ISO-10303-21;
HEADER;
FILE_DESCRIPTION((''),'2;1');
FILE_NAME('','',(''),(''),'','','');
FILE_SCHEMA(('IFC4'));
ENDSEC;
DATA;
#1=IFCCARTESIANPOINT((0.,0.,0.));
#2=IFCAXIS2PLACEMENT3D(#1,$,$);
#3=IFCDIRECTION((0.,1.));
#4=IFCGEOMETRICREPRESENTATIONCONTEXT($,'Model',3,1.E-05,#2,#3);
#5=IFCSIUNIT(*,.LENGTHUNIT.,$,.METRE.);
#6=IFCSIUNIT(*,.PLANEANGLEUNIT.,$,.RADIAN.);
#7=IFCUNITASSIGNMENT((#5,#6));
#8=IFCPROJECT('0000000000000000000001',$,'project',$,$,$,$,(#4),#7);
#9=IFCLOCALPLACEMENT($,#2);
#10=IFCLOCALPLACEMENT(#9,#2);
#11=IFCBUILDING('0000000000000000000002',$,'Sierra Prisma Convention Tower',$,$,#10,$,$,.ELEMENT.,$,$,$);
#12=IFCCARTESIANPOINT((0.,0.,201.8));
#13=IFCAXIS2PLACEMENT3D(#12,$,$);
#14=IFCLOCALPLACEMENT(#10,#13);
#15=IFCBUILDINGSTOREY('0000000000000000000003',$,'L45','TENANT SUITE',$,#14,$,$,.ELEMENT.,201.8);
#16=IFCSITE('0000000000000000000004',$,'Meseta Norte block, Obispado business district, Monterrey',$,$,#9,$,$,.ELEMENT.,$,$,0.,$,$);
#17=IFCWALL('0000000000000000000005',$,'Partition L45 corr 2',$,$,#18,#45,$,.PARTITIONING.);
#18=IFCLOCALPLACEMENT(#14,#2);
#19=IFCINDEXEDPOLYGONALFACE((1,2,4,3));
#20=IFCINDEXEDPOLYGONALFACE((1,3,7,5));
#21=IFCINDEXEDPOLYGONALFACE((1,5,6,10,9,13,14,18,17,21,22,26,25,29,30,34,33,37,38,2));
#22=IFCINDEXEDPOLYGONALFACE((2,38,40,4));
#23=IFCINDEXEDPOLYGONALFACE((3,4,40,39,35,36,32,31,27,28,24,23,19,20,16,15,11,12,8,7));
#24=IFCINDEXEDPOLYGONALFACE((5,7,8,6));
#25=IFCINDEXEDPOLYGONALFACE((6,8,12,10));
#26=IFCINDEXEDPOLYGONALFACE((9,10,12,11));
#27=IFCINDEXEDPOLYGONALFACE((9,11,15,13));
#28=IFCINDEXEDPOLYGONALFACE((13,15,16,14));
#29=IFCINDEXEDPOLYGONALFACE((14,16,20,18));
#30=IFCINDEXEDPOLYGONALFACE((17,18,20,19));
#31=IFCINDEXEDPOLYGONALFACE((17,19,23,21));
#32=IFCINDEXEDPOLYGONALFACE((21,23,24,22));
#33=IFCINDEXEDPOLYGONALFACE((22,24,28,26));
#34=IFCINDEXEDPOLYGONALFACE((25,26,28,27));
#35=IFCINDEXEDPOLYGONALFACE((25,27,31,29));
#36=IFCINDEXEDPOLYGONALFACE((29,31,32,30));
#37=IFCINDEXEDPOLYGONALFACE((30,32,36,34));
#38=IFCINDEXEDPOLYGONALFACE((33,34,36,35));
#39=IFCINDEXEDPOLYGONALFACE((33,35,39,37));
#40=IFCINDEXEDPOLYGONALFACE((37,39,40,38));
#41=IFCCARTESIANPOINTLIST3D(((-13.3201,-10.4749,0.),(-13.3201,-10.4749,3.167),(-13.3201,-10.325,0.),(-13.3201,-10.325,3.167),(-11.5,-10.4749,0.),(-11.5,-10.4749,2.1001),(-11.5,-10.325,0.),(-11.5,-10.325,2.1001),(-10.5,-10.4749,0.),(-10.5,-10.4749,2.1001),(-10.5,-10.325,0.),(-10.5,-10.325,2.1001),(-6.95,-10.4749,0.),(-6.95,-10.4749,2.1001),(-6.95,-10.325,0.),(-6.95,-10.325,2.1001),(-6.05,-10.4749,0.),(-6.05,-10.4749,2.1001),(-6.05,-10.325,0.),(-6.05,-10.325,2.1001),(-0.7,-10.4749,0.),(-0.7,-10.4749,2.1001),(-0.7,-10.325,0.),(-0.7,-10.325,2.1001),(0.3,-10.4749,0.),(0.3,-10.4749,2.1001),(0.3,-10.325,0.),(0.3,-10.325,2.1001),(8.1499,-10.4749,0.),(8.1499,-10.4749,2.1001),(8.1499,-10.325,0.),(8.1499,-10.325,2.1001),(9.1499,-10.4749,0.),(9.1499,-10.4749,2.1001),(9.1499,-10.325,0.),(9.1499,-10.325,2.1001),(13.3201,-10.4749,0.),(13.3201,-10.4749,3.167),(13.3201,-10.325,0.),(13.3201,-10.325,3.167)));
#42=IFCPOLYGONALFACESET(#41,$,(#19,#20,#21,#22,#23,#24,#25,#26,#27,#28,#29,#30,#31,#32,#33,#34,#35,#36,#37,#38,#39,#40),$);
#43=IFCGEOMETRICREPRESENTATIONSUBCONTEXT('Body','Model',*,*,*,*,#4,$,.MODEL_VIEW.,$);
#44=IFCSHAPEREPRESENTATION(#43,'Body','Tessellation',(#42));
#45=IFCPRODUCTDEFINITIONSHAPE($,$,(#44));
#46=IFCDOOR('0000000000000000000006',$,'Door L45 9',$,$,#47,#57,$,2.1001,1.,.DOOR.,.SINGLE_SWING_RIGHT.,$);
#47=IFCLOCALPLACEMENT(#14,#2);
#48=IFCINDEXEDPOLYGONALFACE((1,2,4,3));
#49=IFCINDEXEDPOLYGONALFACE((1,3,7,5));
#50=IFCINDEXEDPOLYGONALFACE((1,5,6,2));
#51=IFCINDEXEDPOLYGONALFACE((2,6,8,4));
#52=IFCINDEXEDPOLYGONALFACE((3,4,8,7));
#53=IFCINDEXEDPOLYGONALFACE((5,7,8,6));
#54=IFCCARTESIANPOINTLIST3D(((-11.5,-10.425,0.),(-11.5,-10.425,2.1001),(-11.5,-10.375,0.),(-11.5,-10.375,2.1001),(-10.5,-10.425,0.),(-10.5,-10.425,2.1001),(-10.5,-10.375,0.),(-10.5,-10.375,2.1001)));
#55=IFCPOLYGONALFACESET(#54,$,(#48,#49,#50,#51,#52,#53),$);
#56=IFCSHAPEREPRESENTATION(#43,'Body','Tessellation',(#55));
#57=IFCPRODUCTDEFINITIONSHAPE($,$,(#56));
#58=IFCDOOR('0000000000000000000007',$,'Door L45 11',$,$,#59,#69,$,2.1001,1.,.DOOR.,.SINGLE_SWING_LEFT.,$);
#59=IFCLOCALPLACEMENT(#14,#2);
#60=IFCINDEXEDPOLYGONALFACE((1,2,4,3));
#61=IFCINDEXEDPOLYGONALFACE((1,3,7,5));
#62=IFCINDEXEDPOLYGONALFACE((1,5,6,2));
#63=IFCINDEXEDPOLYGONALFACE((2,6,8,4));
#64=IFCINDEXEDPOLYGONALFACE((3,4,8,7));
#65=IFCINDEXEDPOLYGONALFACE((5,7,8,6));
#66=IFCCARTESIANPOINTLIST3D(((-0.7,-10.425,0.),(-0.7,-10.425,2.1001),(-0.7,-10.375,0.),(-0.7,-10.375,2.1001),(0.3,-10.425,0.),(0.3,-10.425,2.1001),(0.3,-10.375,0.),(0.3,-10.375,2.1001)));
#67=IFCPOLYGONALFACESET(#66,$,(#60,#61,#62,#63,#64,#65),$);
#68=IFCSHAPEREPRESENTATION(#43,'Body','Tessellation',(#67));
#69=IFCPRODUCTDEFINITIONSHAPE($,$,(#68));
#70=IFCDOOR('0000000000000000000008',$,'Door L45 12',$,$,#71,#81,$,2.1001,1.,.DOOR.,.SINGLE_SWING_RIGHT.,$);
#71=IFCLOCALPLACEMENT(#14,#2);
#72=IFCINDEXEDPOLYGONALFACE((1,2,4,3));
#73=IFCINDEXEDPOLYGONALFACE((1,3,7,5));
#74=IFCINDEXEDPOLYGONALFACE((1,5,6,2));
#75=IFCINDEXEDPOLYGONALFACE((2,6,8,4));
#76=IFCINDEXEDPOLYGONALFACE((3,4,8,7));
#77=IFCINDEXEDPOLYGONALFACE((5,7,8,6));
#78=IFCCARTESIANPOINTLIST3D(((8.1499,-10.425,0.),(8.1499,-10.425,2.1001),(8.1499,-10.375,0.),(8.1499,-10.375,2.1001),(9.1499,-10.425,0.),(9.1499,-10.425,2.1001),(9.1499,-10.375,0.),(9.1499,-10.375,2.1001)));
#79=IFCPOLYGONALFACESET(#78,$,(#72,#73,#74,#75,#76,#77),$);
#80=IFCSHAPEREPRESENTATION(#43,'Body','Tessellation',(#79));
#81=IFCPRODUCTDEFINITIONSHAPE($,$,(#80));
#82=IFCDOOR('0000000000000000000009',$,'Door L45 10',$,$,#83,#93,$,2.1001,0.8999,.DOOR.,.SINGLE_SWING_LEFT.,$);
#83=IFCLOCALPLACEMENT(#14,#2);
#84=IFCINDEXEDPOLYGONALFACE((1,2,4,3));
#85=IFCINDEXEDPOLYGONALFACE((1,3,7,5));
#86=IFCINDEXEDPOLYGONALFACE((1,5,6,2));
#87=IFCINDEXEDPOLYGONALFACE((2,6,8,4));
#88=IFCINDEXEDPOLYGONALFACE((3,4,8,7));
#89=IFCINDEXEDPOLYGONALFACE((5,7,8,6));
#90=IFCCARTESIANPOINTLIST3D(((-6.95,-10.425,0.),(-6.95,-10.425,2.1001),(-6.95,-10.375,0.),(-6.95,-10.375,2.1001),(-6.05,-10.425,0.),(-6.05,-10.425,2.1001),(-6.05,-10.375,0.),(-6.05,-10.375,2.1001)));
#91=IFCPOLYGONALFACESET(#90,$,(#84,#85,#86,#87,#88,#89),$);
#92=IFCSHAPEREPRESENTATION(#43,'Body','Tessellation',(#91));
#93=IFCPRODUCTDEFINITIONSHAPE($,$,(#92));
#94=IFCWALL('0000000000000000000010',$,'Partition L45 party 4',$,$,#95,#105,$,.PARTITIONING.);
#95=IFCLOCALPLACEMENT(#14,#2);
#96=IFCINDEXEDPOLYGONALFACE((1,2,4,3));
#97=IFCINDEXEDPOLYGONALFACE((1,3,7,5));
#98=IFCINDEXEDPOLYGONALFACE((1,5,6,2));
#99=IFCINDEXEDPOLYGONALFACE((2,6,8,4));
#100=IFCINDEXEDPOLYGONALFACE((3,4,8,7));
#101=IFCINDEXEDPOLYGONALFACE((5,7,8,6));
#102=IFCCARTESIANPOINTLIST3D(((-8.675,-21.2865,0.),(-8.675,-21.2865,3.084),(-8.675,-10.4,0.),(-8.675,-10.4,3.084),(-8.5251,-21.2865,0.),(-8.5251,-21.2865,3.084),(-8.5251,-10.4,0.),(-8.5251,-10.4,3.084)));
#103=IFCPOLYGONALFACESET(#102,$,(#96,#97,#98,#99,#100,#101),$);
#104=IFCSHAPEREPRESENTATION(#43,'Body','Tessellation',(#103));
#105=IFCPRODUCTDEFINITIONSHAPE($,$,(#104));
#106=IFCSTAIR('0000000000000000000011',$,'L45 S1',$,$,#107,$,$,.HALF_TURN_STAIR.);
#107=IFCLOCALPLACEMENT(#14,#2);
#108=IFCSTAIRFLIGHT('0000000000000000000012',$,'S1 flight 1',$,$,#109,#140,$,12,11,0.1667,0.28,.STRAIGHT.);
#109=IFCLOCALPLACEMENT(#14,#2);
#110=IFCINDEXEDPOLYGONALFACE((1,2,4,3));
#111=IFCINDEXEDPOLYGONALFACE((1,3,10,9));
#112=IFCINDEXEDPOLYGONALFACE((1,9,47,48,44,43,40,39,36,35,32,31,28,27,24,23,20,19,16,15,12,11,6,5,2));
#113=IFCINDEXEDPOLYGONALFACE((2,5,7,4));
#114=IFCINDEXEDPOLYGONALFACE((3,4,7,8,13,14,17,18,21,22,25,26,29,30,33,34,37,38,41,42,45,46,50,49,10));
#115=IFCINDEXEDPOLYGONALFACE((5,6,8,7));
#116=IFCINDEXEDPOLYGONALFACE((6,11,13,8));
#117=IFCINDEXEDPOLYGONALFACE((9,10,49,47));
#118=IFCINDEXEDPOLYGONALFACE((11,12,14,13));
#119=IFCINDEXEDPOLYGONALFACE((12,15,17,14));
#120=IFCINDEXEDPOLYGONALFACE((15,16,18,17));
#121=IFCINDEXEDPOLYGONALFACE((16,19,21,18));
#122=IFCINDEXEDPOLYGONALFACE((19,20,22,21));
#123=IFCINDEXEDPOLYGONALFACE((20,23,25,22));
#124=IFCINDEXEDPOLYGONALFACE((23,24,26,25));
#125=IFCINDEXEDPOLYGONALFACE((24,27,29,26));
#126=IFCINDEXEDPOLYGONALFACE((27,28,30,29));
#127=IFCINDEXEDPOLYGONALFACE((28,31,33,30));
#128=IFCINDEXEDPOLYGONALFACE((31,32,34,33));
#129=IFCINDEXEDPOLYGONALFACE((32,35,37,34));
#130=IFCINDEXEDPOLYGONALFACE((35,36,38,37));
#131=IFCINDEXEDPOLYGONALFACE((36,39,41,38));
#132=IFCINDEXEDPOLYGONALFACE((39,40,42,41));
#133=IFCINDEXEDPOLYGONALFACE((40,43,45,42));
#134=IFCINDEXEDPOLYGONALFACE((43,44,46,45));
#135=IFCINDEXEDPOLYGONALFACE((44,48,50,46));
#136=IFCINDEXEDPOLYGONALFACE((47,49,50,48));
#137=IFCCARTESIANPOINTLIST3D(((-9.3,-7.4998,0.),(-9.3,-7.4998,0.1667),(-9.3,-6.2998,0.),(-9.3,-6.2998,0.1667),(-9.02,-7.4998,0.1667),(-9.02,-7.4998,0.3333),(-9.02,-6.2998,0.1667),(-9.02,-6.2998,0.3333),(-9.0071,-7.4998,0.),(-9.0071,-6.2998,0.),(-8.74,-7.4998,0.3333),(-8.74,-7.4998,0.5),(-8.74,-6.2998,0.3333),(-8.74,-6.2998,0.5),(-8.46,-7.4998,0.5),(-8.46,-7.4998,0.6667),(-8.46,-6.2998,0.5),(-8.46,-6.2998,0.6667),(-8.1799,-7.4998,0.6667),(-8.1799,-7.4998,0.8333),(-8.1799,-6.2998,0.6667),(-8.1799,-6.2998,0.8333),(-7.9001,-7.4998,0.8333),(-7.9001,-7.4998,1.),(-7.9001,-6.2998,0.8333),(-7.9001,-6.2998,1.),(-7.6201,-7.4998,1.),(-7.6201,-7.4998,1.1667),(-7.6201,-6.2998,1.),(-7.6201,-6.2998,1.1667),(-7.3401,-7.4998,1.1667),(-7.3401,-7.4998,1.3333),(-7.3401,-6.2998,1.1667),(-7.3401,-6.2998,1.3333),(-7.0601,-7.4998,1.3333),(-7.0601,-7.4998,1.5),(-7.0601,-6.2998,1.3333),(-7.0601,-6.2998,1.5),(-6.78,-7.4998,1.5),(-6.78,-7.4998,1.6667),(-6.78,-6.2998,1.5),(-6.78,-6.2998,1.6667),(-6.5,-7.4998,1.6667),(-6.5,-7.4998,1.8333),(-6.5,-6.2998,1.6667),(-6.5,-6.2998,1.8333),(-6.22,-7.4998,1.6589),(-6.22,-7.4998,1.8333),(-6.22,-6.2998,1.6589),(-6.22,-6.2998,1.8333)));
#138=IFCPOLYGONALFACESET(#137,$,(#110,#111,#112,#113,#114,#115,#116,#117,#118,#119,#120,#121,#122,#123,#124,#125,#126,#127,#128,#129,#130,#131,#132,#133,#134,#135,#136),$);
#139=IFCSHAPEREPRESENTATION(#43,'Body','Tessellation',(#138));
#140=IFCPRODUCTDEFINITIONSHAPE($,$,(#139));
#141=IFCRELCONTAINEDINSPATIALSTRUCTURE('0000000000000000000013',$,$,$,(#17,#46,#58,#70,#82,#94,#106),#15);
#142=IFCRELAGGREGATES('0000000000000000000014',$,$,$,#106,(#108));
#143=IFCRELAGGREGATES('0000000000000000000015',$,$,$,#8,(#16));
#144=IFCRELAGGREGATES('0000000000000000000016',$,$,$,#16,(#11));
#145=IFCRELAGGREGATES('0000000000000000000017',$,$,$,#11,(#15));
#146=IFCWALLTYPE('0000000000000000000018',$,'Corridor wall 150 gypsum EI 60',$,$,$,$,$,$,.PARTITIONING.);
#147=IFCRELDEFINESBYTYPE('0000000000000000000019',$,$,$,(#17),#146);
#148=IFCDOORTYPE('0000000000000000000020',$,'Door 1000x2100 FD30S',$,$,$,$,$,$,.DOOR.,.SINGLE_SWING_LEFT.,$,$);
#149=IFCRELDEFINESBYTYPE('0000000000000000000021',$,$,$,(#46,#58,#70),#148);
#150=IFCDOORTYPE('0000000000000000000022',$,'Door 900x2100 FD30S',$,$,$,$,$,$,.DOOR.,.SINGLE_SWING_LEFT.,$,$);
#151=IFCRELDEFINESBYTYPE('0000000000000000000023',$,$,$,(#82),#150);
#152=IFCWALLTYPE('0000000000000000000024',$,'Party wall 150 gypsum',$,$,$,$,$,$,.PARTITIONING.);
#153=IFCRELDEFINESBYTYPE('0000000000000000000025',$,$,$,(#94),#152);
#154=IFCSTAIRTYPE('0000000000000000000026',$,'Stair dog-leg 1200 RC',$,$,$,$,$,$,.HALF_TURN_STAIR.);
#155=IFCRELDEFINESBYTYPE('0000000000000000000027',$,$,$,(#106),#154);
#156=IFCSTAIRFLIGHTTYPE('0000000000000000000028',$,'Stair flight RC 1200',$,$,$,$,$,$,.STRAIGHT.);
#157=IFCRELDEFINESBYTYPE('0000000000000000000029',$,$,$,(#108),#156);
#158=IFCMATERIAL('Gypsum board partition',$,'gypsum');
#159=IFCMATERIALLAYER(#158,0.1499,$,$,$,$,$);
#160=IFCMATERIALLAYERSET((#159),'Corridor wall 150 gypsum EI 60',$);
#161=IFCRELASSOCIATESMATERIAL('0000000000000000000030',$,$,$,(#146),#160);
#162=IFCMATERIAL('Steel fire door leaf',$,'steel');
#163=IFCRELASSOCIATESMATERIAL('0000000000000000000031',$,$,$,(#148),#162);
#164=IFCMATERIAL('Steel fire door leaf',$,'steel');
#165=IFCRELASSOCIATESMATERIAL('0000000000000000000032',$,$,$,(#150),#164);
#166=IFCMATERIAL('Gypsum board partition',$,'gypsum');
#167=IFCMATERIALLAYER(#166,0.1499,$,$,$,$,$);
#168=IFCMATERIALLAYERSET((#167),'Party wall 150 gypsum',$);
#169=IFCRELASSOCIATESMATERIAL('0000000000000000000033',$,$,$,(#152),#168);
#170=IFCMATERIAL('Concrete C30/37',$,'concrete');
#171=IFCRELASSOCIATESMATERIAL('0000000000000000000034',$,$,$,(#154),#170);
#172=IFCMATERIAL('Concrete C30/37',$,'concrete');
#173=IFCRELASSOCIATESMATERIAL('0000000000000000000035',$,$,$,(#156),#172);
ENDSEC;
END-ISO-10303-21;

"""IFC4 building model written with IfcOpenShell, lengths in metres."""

from ifc_helpers import new_model, si_unit, direction, frame, frame_2d, origin, place, context, subcontext, project, spatial, polyline, rectangle, outline, extrude, material, layer, layer_set, type_object, element, fill, aggregate, save


model = new_model("IFC4")

# Units and contexts
model_context = context("Model", 3, precision=1e-05, world=origin(), true_north=direction((0.0, 1.0)))
body_context = subcontext(model_context, "Body", "Model", "MODEL_VIEW")
ifc_project = project(units=[si_unit("LENGTHUNIT", "METRE"), si_unit("PLANEANGLEUNIT", "RADIAN")], contexts=[model_context])

# Site, building, storey
site_placement = place(None, origin())
site = spatial("IfcSite", under=ifc_project, at=site_placement, Name="Meseta Norte block, Obispado business district, Monterrey", CompositionType="ELEMENT", RefElevation=0.0)
building_placement = place(site_placement, origin())
building = spatial("IfcBuilding", under=site, at=building_placement, Name="Sierra Prisma Convention Tower", CompositionType="ELEMENT")
storey_placement = place(building_placement, frame((0.0, 0.0, 201.8)))
storey = spatial("IfcBuildingStorey", under=building, at=storey_placement, Name="L45", Description="TENANT SUITE", CompositionType="ELEMENT", Elevation=201.8)

# Wall, openings, doors
ifc_material_1 = material(Name="Gypsum board partition", Category="gypsum")
ifc_layer_1 = layer(ifc_material_1, 0.1499)
ifc_layer_set_1 = layer_set([ifc_layer_1], Name="Corridor wall 150 gypsum EI 60")
wall_type_1 = type_object("IfcWallType", Name="Corridor wall 150 gypsum EI 60", PredefinedType="PARTITIONING", material=ifc_layer_set_1)
wall_1_placement = place(storey_placement, frame((-13.3201, -10.3999, 0.0), z_axis=(0.0, 0.0, 1.0), x_axis=(1.0, 0.0, 0.0)))
wall_1 = element("IfcWall", 1, at=wall_1_placement, inside=storey, type_object=wall_type_1, Name="Partition L45 corr 2", PredefinedType="PARTITIONING", context=body_context, shape_type="SweptSolid", body=[
    extrude(rectangle(XDim=26.6401, YDim=0.1499, at=frame_2d((13.3201, 0.0))), origin(), (0.0, 0.0, 1.0), 3.167),
])
opening_1_placement = place(wall_1_placement, frame((1.8201, 0.0, 0.0)))
opening_1 = element("IfcOpeningElement", 2, at=opening_1_placement, cuts=wall_1, PredefinedType="OPENING", context=body_context, shape_type="SweptSolid", body=[
    extrude(rectangle(XDim=1.0, YDim=2.1001, at=frame_2d((0.5, 1.05))), frame((0.0, 0.075, 0.0), z_axis=(0.0, -1.0, 0.0), x_axis=(1.0, 0.0, 0.0)), (0.0, 0.0, 1.0), 0.1499),
])
opening_2_placement = place(wall_1_placement, frame((6.3701, 0.0, 0.0)))
opening_2 = element("IfcOpeningElement", 3, at=opening_2_placement, cuts=wall_1, PredefinedType="OPENING", context=body_context, shape_type="SweptSolid", body=[
    extrude(rectangle(XDim=0.8999, YDim=2.1001, at=frame_2d((0.45, 1.05))), frame((0.0, 0.075, 0.0), z_axis=(0.0, -1.0, 0.0), x_axis=(1.0, 0.0, 0.0)), (0.0, 0.0, 1.0), 0.1499),
])
opening_3_placement = place(wall_1_placement, frame((12.6201, 0.0, 0.0)))
opening_3 = element("IfcOpeningElement", 4, at=opening_3_placement, cuts=wall_1, PredefinedType="OPENING", context=body_context, shape_type="SweptSolid", body=[
    extrude(rectangle(XDim=1.0, YDim=2.1001, at=frame_2d((0.5, 1.05))), frame((0.0, 0.075, 0.0), z_axis=(0.0, -1.0, 0.0), x_axis=(1.0, 0.0, 0.0)), (0.0, 0.0, 1.0), 0.1499),
])
opening_4_placement = place(wall_1_placement, frame((21.47, 0.0, 0.0)))
opening_4 = element("IfcOpeningElement", 5, at=opening_4_placement, cuts=wall_1, PredefinedType="OPENING", context=body_context, shape_type="SweptSolid", body=[
    extrude(rectangle(XDim=1.0, YDim=2.1001, at=frame_2d((0.5, 1.05))), frame((0.0, 0.075, 0.0), z_axis=(0.0, -1.0, 0.0), x_axis=(1.0, 0.0, 0.0)), (0.0, 0.0, 1.0), 0.1499),
])
ifc_material_2 = material(Name="Steel fire door leaf", Category="steel")
door_type_1 = type_object("IfcDoorType", Name="Door 1000x2100 FD30S", OperationType="SINGLE_SWING_LEFT", PredefinedType="DOOR", material=ifc_material_2)
door_1_placement = place(opening_1_placement, origin())
door_1 = element("IfcDoor", 6, at=door_1_placement, inside=storey, type_object=door_type_1, Name="Door L45 9", OperationType="SINGLE_SWING_RIGHT", OverallHeight=2.1001, OverallWidth=1.0, PredefinedType="DOOR", context=body_context, shape_type="SweptSolid", body=[
    extrude(rectangle(XDim=1.0, YDim=2.1001, at=frame_2d((0.5, 1.05))), frame((0.0, 0.0249, 0.0), z_axis=(0.0, -1.0, 0.0), x_axis=(1.0, 0.0, 0.0)), (0.0, 0.0, 1.0), 0.05),
])
fill(opening_1, door_1)
door_2_placement = place(opening_3_placement, origin())
door_2 = element("IfcDoor", 7, at=door_2_placement, inside=storey, type_object=door_type_1, Name="Door L45 11", OperationType="SINGLE_SWING_LEFT", OverallHeight=2.1001, OverallWidth=1.0, PredefinedType="DOOR", context=body_context, shape_type="SweptSolid", body=[
    extrude(rectangle(XDim=1.0, YDim=2.1001, at=frame_2d((0.5, 1.05))), frame((0.0, 0.0249, 0.0), z_axis=(0.0, -1.0, 0.0), x_axis=(1.0, 0.0, 0.0)), (0.0, 0.0, 1.0), 0.05),
])
fill(opening_3, door_2)
door_3_placement = place(opening_4_placement, origin())
door_3 = element("IfcDoor", 8, at=door_3_placement, inside=storey, type_object=door_type_1, Name="Door L45 12", OperationType="SINGLE_SWING_RIGHT", OverallHeight=2.1001, OverallWidth=1.0, PredefinedType="DOOR", context=body_context, shape_type="SweptSolid", body=[
    extrude(rectangle(XDim=1.0, YDim=2.1001, at=frame_2d((0.5, 1.05))), frame((0.0, 0.0249, 0.0), z_axis=(0.0, -1.0, 0.0), x_axis=(1.0, 0.0, 0.0)), (0.0, 0.0, 1.0), 0.05),
])
fill(opening_4, door_3)
ifc_material_3 = material(Name="Steel fire door leaf", Category="steel")
door_type_2 = type_object("IfcDoorType", Name="Door 900x2100 FD30S", OperationType="SINGLE_SWING_LEFT", PredefinedType="DOOR", material=ifc_material_3)
door_4_placement = place(opening_2_placement, origin())
door_4 = element("IfcDoor", 9, at=door_4_placement, inside=storey, type_object=door_type_2, Name="Door L45 10", OperationType="SINGLE_SWING_LEFT", OverallHeight=2.1001, OverallWidth=0.8999, PredefinedType="DOOR", context=body_context, shape_type="SweptSolid", body=[
    extrude(rectangle(XDim=0.8999, YDim=2.1001, at=frame_2d((0.45, 1.05))), frame((0.0, 0.0249, 0.0), z_axis=(0.0, -1.0, 0.0), x_axis=(1.0, 0.0, 0.0)), (0.0, 0.0, 1.0), 0.05),
])
fill(opening_2, door_4)

# Wall
ifc_material_4 = material(Name="Gypsum board partition", Category="gypsum")
ifc_layer_2 = layer(ifc_material_4, 0.1499)
ifc_layer_set_2 = layer_set([ifc_layer_2], Name="Party wall 150 gypsum")
wall_type_2 = type_object("IfcWallType", Name="Party wall 150 gypsum", PredefinedType="PARTITIONING", material=ifc_layer_set_2)
wall_2_placement = place(storey_placement, frame((-8.6001, -10.3999, 0.0), z_axis=(0.0, 0.0, 1.0), x_axis=(0.0, -1.0, 0.0)))
element("IfcWall", 10, at=wall_2_placement, inside=storey, type_object=wall_type_2, Name="Partition L45 party 4", PredefinedType="PARTITIONING", context=body_context, shape_type="SweptSolid", body=[
    extrude(rectangle(XDim=10.8865, YDim=0.1499, at=frame_2d((5.4434, 0.0))), origin(), (0.0, 0.0, 1.0), 3.084),
])

# Stair, stair flight
ifc_material_5 = material(Name="Concrete C30/37", Category="concrete")
stair_type = type_object("IfcStairType", Name="Stair dog-leg 1200 RC", PredefinedType="HALF_TURN_STAIR", material=ifc_material_5)
stair_placement = place(storey_placement, origin())
stair = element("IfcStair", 11, at=stair_placement, inside=storey, type_object=stair_type, Name="L45 S1", PredefinedType="HALF_TURN_STAIR")
ifc_material_6 = material(Name="Concrete C30/37", Category="concrete")
stair_flight_type = type_object("IfcStairFlightType", Name="Stair flight RC 1200", PredefinedType="STRAIGHT", material=ifc_material_6)
stair_flight_placement = place(storey_placement, frame((-9.3, -6.8999, 0.0), z_axis=(0.0, 0.0, 1.0), x_axis=(1.0, 0.0, 0.0)))
stair_flight = element("IfcStairFlight", 12, at=stair_flight_placement, type_object=stair_flight_type, Name="S1 flight 1", NumberOfRisers=12, NumberOfTreads=11, PredefinedType="STRAIGHT", RiserHeight=0.1667, TreadLength=0.28, context=body_context, shape_type="SweptSolid", body=[
    extrude(outline(polyline([(0.0, 0.0), (0.0, 0.1667), (0.28, 0.1667), (0.28, 0.3333), (0.5601, 0.3333), (0.5601, 0.5), (0.8401, 0.5), (0.8401, 0.6667), (1.1201, 0.6667), (1.1201, 0.8333), (1.3999, 0.8333), (1.3999, 1.0), (1.6799, 1.0), (1.6799, 1.1667), (1.96, 1.1667), (1.96, 1.3333), (2.24, 1.3333), (2.24, 1.5), (2.52, 1.5), (2.52, 1.6667), (2.8, 1.6667), (2.8, 1.8333), (3.0801, 1.8333), (3.0801, 2.0), (3.0801, 1.6589), (0.293, 0.0), (0.0, 0.0)])), frame((0.0, 0.6001, 0.0), z_axis=(0.0, -1.0, 0.0), x_axis=(1.0, 0.0, 0.0)), (0.0, 0.0, 1.0), 1.2),
])
aggregate(stair, [stair_flight])

save(model, "model.ifc")
